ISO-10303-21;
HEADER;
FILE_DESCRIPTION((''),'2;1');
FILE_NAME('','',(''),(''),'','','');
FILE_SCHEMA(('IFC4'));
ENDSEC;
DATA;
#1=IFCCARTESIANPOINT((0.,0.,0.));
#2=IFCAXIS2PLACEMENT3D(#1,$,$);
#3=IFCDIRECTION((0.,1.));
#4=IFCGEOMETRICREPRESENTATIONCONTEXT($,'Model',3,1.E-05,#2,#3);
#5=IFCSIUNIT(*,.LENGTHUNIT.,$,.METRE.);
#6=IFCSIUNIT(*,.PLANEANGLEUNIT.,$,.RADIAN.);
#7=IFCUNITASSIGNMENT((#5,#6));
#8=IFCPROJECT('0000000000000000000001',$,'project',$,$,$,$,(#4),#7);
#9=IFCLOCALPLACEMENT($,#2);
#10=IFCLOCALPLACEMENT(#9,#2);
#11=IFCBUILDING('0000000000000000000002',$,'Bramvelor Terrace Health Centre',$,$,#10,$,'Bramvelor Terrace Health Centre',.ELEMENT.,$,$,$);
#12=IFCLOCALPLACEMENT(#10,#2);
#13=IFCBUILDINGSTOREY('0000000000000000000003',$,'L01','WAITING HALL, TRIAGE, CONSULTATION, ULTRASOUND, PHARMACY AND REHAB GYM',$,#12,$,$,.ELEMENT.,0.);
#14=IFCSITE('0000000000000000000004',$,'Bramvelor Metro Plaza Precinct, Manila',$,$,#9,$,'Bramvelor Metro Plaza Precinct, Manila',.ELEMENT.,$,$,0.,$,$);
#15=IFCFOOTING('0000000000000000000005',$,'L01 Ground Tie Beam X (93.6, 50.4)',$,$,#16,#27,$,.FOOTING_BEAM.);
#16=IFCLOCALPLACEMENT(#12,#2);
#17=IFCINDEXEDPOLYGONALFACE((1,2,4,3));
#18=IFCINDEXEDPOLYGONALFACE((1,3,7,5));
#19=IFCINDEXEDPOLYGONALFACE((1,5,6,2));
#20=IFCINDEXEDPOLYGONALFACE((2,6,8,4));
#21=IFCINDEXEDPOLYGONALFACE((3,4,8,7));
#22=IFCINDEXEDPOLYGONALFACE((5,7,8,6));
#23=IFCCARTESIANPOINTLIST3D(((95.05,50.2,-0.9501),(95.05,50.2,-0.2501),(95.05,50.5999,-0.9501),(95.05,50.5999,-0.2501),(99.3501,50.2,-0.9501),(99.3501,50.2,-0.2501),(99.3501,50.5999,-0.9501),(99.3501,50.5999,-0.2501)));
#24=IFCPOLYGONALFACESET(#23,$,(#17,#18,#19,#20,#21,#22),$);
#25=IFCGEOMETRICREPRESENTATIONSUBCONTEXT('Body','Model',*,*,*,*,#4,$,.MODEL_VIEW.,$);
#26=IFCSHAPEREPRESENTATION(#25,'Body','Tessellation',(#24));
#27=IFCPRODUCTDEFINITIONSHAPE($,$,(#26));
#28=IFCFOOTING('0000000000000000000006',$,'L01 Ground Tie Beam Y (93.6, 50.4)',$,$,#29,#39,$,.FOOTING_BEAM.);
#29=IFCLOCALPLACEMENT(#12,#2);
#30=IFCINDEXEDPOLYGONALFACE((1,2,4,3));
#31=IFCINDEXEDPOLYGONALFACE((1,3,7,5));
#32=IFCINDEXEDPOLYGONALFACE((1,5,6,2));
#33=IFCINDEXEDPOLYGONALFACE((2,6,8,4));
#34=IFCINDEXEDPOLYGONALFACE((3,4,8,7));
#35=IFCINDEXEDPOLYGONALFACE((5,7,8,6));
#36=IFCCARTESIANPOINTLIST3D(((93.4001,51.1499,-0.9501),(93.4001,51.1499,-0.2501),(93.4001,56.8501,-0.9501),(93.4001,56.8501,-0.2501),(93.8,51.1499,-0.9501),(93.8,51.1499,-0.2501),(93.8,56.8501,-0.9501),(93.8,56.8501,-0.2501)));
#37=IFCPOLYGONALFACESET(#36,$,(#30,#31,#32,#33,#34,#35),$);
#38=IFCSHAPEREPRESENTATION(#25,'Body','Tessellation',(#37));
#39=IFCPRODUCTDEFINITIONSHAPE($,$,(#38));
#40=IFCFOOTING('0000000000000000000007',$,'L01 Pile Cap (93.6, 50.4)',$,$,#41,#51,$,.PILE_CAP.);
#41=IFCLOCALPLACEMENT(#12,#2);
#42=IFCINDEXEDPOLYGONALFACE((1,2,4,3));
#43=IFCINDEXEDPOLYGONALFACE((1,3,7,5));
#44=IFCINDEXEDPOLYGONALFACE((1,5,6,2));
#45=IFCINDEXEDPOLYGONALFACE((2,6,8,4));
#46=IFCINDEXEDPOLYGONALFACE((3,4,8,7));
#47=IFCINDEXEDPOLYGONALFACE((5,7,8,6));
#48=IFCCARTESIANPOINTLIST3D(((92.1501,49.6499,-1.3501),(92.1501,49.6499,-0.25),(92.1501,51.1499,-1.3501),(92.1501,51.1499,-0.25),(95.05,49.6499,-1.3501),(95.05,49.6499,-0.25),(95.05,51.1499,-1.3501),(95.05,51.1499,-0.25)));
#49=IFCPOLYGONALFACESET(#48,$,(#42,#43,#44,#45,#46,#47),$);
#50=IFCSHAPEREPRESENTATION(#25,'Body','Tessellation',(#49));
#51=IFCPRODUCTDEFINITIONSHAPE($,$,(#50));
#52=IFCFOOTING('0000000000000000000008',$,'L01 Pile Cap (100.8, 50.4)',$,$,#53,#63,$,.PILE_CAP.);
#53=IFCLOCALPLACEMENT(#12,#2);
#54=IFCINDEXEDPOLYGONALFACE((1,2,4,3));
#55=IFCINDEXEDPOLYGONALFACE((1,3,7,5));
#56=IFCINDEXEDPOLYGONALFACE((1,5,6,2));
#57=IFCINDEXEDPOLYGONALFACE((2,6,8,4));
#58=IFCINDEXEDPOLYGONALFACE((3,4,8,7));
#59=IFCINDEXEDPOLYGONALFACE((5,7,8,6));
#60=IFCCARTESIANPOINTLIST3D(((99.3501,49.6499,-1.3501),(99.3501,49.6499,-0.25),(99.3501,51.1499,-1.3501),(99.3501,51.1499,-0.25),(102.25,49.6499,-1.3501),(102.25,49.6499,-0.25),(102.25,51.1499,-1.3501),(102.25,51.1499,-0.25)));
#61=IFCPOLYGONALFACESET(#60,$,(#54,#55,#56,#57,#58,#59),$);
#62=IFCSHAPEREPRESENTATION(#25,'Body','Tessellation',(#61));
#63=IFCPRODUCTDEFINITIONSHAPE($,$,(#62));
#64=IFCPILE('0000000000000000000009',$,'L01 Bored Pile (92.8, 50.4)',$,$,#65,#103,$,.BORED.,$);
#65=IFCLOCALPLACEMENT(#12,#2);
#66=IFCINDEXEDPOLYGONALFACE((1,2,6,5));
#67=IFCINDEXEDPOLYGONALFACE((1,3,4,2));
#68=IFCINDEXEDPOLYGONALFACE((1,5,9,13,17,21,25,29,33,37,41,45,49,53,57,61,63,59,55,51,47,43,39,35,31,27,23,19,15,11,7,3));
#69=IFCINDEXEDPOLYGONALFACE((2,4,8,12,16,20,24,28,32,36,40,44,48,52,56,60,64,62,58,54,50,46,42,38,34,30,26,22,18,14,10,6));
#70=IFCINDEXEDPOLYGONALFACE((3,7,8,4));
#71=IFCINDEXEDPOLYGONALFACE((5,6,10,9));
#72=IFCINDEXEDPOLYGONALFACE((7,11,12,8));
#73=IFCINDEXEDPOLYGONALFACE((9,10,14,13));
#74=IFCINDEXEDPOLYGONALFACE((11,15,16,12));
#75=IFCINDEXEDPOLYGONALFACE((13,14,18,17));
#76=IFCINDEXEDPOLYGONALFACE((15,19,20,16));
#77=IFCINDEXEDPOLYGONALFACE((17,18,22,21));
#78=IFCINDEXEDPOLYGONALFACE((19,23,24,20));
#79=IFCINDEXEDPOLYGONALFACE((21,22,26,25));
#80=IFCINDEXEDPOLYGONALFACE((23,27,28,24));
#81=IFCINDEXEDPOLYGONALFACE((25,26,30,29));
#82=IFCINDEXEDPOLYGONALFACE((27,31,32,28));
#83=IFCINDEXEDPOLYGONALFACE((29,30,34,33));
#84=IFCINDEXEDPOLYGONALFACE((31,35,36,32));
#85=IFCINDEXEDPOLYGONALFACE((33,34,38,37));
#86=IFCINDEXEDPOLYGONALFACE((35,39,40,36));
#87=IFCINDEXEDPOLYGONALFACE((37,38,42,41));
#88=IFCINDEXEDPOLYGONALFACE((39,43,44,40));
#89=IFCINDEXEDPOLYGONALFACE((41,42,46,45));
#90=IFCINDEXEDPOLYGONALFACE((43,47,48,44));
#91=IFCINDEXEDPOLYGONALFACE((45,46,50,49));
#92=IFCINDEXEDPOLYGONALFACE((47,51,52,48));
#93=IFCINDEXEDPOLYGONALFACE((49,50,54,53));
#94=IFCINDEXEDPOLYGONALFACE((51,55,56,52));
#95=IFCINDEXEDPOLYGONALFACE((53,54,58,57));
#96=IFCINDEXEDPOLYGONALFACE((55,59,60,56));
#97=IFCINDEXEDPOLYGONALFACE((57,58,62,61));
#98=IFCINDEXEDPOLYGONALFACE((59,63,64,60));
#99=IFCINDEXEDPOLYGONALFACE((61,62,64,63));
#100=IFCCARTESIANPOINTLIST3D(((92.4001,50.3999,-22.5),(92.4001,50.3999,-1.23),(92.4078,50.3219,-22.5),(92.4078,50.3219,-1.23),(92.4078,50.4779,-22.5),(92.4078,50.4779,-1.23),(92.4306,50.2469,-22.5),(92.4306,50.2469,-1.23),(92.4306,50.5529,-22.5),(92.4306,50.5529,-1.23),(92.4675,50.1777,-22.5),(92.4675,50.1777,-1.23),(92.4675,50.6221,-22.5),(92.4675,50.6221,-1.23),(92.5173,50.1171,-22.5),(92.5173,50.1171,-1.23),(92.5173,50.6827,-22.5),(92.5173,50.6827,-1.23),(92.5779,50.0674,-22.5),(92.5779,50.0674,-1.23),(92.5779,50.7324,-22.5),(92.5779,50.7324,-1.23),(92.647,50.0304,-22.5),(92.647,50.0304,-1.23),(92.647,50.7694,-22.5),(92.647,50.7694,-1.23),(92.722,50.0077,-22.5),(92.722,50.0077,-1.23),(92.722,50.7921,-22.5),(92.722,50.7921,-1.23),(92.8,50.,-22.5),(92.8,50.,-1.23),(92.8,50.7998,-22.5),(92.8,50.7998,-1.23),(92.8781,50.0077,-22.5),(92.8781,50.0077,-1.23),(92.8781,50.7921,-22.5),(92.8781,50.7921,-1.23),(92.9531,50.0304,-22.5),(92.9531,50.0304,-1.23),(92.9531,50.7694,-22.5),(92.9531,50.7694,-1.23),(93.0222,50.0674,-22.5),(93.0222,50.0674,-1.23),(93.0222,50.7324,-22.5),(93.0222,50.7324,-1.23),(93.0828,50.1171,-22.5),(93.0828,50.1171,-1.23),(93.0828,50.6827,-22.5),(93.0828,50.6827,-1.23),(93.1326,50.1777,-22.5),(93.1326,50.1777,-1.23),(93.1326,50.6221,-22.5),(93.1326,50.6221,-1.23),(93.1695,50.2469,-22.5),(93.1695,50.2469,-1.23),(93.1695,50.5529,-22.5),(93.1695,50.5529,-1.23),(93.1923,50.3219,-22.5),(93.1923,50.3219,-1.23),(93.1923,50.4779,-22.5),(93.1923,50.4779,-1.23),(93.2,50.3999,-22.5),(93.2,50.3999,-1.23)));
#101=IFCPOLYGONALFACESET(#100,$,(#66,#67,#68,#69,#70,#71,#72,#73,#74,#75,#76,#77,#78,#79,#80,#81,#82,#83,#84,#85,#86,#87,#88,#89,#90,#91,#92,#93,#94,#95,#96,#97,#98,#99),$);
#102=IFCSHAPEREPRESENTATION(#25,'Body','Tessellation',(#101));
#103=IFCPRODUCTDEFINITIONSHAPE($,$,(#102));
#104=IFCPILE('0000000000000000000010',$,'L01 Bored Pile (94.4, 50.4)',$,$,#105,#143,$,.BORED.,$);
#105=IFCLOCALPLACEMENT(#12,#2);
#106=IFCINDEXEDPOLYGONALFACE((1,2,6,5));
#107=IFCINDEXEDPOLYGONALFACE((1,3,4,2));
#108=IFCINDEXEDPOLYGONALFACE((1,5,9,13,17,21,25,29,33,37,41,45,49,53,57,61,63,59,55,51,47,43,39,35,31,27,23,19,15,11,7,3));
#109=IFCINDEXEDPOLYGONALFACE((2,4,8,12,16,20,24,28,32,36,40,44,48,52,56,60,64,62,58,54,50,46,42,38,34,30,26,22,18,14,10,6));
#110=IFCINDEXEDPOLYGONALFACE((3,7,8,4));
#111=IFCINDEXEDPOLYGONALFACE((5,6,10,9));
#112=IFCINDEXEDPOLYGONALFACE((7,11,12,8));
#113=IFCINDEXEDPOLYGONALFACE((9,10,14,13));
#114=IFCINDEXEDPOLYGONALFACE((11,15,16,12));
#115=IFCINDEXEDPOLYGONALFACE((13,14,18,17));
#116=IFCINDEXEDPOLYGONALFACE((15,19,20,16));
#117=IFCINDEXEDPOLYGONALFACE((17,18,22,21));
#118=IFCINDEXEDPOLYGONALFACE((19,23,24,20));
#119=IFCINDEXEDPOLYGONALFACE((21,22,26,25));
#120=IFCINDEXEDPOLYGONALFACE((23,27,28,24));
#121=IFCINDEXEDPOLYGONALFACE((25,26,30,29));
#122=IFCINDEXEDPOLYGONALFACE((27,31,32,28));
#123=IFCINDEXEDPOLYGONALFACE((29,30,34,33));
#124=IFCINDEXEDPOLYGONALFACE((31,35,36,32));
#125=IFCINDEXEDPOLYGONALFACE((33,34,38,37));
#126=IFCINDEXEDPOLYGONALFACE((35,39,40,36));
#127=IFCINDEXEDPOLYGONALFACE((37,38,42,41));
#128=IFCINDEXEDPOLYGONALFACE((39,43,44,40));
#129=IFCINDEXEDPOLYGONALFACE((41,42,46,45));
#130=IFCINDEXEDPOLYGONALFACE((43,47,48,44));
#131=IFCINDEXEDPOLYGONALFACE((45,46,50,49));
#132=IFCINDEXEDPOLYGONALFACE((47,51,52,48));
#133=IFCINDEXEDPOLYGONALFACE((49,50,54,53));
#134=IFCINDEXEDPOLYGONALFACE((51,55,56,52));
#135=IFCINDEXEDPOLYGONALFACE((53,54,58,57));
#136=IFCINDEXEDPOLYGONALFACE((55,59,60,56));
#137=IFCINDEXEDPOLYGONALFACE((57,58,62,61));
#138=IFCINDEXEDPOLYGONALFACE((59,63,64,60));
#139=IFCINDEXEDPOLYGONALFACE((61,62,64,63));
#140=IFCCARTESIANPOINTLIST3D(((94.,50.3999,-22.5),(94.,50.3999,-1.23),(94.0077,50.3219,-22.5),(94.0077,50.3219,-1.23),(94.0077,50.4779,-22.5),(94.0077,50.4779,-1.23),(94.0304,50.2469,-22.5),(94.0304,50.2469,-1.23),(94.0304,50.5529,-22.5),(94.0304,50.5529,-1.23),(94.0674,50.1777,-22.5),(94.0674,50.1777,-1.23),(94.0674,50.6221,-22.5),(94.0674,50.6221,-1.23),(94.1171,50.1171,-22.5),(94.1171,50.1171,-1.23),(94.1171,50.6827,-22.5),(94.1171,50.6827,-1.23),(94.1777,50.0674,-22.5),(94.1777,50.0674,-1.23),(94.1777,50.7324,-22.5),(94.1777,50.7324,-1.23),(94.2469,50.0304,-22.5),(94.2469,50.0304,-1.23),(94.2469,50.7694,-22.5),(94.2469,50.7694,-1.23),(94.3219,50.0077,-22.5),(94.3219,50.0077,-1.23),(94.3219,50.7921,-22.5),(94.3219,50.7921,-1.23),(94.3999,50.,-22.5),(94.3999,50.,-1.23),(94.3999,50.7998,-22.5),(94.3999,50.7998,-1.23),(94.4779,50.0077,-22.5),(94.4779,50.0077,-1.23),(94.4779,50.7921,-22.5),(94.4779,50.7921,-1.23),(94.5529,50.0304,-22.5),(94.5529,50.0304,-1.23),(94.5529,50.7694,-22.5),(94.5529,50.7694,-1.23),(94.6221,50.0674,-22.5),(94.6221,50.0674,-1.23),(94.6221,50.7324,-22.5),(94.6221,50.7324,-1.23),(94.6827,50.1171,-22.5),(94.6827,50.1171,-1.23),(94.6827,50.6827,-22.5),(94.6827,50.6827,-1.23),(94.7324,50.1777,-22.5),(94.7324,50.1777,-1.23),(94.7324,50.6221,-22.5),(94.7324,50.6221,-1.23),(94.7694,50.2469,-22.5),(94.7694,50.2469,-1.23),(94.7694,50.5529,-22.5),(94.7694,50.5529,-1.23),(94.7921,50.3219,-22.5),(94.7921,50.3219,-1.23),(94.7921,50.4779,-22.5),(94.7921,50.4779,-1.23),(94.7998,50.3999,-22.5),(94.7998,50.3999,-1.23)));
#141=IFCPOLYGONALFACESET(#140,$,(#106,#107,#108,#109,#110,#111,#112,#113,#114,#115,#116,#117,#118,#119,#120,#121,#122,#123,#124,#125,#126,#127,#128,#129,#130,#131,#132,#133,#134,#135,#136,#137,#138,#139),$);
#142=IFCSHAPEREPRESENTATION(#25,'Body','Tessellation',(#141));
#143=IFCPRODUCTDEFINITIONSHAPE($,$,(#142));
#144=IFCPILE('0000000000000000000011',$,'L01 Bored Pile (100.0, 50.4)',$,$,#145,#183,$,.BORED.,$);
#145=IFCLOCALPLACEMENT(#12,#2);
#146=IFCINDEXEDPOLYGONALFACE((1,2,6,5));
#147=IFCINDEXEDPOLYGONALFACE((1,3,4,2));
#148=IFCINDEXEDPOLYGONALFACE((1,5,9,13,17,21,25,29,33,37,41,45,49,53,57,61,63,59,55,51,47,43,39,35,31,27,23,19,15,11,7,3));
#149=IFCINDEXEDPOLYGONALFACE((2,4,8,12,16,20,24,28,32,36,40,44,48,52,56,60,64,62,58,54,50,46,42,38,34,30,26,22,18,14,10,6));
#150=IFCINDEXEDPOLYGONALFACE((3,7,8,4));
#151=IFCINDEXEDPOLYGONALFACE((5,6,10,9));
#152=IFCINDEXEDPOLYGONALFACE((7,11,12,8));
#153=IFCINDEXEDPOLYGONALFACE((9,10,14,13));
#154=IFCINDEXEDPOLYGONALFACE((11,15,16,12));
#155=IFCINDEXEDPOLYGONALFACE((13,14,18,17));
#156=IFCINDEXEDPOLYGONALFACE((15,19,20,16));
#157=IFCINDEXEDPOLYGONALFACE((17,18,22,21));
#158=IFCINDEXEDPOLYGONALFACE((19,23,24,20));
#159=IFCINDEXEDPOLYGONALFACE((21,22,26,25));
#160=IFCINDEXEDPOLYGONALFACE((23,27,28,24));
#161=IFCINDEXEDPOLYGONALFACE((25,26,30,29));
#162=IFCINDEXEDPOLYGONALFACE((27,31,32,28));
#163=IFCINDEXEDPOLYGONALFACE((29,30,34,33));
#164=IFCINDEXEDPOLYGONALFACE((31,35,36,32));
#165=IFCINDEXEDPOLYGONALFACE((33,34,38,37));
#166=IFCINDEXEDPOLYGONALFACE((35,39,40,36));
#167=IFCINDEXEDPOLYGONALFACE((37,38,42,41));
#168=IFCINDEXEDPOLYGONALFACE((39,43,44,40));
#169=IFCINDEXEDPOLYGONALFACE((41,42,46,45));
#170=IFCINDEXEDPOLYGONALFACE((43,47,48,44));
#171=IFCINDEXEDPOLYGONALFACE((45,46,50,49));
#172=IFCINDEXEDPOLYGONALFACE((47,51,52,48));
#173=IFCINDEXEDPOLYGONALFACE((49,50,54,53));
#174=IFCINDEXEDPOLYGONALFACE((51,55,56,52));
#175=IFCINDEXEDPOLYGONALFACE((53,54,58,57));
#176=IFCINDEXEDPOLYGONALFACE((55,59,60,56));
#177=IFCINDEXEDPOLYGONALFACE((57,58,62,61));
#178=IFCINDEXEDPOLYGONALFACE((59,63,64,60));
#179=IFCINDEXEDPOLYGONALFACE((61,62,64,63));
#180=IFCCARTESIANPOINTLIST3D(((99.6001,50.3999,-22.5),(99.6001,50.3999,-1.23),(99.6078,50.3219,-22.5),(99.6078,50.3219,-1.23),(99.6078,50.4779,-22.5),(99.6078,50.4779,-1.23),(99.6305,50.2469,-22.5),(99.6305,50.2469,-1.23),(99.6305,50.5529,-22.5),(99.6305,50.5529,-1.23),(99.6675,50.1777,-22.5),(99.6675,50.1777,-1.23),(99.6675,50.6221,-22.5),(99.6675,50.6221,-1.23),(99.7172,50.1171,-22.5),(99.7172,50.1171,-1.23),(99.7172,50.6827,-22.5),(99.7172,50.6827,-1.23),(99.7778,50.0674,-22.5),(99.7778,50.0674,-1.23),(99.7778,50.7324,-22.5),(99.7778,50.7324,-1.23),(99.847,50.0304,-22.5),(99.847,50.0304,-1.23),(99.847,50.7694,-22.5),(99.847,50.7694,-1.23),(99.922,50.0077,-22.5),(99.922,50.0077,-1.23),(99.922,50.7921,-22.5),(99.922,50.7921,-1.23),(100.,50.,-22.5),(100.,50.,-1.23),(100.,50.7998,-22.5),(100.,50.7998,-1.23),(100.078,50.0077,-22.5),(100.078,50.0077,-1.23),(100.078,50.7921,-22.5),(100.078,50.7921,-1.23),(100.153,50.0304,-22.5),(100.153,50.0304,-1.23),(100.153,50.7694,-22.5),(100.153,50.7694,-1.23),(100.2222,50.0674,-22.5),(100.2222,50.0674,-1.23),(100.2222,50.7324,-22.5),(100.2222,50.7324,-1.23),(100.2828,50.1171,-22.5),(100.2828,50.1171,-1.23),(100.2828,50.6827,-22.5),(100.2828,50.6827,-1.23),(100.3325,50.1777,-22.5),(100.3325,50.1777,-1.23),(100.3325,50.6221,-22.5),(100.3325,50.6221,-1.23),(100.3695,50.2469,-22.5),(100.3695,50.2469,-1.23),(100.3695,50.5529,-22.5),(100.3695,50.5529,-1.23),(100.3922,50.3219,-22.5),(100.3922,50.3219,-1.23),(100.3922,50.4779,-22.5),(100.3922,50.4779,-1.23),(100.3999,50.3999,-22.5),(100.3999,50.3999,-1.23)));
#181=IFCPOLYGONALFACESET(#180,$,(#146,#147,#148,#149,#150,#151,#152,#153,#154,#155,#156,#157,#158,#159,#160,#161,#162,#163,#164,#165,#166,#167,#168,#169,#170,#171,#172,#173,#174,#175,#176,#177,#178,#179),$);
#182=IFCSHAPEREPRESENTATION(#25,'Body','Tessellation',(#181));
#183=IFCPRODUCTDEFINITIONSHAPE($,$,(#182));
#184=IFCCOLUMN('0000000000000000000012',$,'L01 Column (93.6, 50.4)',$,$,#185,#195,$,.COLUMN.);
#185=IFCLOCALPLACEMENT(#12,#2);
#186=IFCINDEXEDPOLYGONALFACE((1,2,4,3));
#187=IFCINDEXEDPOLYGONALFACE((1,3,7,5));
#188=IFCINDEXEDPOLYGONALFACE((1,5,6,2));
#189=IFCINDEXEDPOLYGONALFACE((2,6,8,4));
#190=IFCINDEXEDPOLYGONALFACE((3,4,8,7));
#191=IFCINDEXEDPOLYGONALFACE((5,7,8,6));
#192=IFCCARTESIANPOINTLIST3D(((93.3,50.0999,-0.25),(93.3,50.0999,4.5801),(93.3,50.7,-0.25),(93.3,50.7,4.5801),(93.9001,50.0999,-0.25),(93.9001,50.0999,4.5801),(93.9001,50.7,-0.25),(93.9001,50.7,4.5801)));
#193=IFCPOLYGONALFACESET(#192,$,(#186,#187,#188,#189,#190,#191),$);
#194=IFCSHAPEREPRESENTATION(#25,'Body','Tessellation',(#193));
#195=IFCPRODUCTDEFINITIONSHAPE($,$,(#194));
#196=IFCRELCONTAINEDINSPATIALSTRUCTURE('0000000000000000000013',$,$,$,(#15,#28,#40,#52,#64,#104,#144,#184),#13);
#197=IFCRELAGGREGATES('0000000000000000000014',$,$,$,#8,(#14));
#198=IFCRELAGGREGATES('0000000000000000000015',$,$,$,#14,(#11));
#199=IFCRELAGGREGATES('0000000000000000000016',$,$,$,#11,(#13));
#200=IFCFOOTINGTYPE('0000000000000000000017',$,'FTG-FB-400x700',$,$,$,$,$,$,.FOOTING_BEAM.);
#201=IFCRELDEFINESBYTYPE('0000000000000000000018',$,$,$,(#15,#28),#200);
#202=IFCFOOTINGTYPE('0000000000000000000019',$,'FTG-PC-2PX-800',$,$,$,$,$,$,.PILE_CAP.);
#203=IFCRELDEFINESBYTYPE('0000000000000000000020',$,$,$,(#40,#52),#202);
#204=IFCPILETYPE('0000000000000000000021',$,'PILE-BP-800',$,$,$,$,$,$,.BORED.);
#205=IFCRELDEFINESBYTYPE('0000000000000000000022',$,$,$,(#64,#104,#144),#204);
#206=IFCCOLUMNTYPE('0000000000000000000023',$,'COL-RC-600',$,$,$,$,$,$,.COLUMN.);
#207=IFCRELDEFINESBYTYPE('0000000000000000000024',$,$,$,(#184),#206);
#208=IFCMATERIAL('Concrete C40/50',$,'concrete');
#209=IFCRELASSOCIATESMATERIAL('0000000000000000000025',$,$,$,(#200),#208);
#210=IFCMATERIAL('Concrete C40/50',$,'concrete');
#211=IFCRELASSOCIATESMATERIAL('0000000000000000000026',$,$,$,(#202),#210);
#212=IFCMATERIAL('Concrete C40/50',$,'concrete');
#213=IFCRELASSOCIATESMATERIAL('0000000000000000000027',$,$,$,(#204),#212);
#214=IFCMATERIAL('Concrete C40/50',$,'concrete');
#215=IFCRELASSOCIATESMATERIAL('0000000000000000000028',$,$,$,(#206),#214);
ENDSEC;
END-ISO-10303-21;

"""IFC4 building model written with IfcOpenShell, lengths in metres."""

from ifc_helpers import new_model, si_unit, direction, frame, origin, origin_2d, place, context, subcontext, project, spatial, rectangle, circle, extrude, material, material_profile, profile_set, type_object, element, save


model = new_model("IFC4")

# Units and contexts
model_context = context("Model", 3, precision=1e-05, world=origin(), true_north=direction((0.0, 1.0)))
body_context = subcontext(model_context, "Body", "Model", "MODEL_VIEW")
ifc_project = project(units=[si_unit("LENGTHUNIT", "METRE"), si_unit("PLANEANGLEUNIT", "RADIAN")], contexts=[model_context])

# Site, building, storey
site_placement = place(None, origin())
site = spatial("IfcSite", under=ifc_project, at=site_placement, Name="Bramvelor Metro Plaza Precinct, Manila", LongName="Bramvelor Metro Plaza Precinct, Manila", CompositionType="ELEMENT", RefElevation=0.0)
building_placement = place(site_placement, origin())
building = spatial("IfcBuilding", under=site, at=building_placement, Name="Bramvelor Terrace Health Centre", LongName="Bramvelor Terrace Health Centre", CompositionType="ELEMENT")
storey_placement = place(building_placement, origin())
storey = spatial("IfcBuildingStorey", under=building, at=storey_placement, Name="L01", Description="WAITING HALL, TRIAGE, CONSULTATION, ULTRASOUND, PHARMACY AND REHAB GYM", CompositionType="ELEMENT", Elevation=0.0)

# Footings
ifc_material_1 = material(Name="Concrete C40/50", Category="concrete")
ifc_material_profile_1 = material_profile(ifc_material_1, rectangle(XDim=0.3999, YDim=0.7, at=origin_2d()), Name="RC 400x700")
ifc_profile_set_1 = profile_set([ifc_material_profile_1], Name="Concrete C40/50")
footing_type_1 = type_object("IfcFootingType", Name="FTG-FB-400x700", PredefinedType="FOOTING_BEAM", material=ifc_profile_set_1)
footing_1_placement = place(storey_placement, frame((95.05, 50.3999, -0.6001), z_axis=(1.0, 0.0, 0.0), x_axis=(0.0, 1.0, 0.0)))
element("IfcFooting", 1, at=footing_1_placement, inside=storey, type_object=footing_type_1, Name="L01 Ground Tie Beam X (93.6, 50.4)", PredefinedType="FOOTING_BEAM", context=body_context, shape_type="SweptSolid", body=[
    extrude(rectangle(XDim=0.3999, YDim=0.7, at=origin_2d()), origin(), (0.0, 0.0, 1.0), 4.3),
])
footing_2_placement = place(storey_placement, frame((93.6001, 51.1499, -0.6001), z_axis=(0.0, 1.0, 0.0), x_axis=(-1.0, 0.0, 0.0)))
element("IfcFooting", 2, at=footing_2_placement, inside=storey, type_object=footing_type_1, Name="L01 Ground Tie Beam Y (93.6, 50.4)", PredefinedType="FOOTING_BEAM", context=body_context, shape_type="SweptSolid", body=[
    extrude(rectangle(XDim=0.3999, YDim=0.7, at=origin_2d()), origin(), (0.0, 0.0, 1.0), 5.7002),
])
ifc_material_2 = material(Name="Concrete C40/50", Category="concrete")
footing_type_2 = type_object("IfcFootingType", Name="FTG-PC-2PX-800", PredefinedType="PILE_CAP", material=ifc_material_2)
for number, where, z_axis, x_axis, name in (
    (3, (93.6001, 50.3999, -1.3501), (0.0, 0.0, 1.0), (1.0, 0.0, 0.0), "L01 Pile Cap (93.6, 50.4)"),
    (4, (100.8, 50.3999, -1.3501), (0.0, 0.0, 1.0), (1.0, 0.0, 0.0), "L01 Pile Cap (100.8, 50.4)"),
):
    element("IfcFooting", number, at=place(storey_placement, frame(where, z_axis=z_axis, x_axis=x_axis)), inside=storey, type_object=footing_type_2, Name=name, PredefinedType="PILE_CAP", context=body_context, shape_type="SweptSolid", body=[
        extrude(rectangle(XDim=2.8999, YDim=1.5, at=origin_2d()), origin(), (0.0, 0.0, 1.0), 1.1001),
    ])

# Piles
ifc_material_3 = material(Name="Concrete C40/50", Category="concrete")
ifc_material_profile_2 = material_profile(ifc_material_3, circle(Radius=0.3999, at=origin_2d()), Name="BP D800")
ifc_profile_set_2 = profile_set([ifc_material_profile_2], Name="Concrete C40/50")
pile_type = type_object("IfcPileType", Name="PILE-BP-800", PredefinedType="BORED", material=ifc_profile_set_2)
for number, where, z_axis, x_axis, name in (
    (5, (92.8, 50.3999, -1.23), (0.0, 0.0, -1.0), (1.0, 0.0, 0.0), "L01 Bored Pile (92.8, 50.4)"),
    (6, (94.3999, 50.3999, -1.23), (0.0, 0.0, -1.0), (1.0, 0.0, 0.0), "L01 Bored Pile (94.4, 50.4)"),
    (7, (100.0, 50.3999, -1.23), (0.0, 0.0, -1.0), (1.0, 0.0, 0.0), "L01 Bored Pile (100.0, 50.4)"),
):
    element("IfcPile", number, at=place(storey_placement, frame(where, z_axis=z_axis, x_axis=x_axis)), inside=storey, type_object=pile_type, Name=name, PredefinedType="BORED", context=body_context, shape_type="SweptSolid", body=[
        extrude(circle(Radius=0.3999, at=origin_2d()), origin(), (0.0, 0.0, 1.0), 21.27),
    ])

# Column
ifc_material_4 = material(Name="Concrete C40/50", Category="concrete")
ifc_material_profile_3 = material_profile(ifc_material_4, rectangle(XDim=0.6001, YDim=0.6001, at=origin_2d()), Name="RC 600x600")
ifc_profile_set_3 = profile_set([ifc_material_profile_3], Name="Concrete C40/50")
column_type = type_object("IfcColumnType", Name="COL-RC-600", PredefinedType="COLUMN", material=ifc_profile_set_3)
for number, where, z_axis, x_axis, name in (
    (8, (93.6001, 50.3999, -0.25), (0.0, 0.0, 1.0), (1.0, 0.0, 0.0), "L01 Column (93.6, 50.4)"),
):
    element("IfcColumn", number, at=place(storey_placement, frame(where, z_axis=z_axis, x_axis=x_axis)), inside=storey, type_object=column_type, Name=name, PredefinedType="COLUMN", context=body_context, shape_type="SweptSolid", body=[
        extrude(rectangle(XDim=0.6001, YDim=0.6001, at=origin_2d()), origin(), (0.0, 0.0, 1.0), 4.8301),
    ])

save(model, "model.ifc")
